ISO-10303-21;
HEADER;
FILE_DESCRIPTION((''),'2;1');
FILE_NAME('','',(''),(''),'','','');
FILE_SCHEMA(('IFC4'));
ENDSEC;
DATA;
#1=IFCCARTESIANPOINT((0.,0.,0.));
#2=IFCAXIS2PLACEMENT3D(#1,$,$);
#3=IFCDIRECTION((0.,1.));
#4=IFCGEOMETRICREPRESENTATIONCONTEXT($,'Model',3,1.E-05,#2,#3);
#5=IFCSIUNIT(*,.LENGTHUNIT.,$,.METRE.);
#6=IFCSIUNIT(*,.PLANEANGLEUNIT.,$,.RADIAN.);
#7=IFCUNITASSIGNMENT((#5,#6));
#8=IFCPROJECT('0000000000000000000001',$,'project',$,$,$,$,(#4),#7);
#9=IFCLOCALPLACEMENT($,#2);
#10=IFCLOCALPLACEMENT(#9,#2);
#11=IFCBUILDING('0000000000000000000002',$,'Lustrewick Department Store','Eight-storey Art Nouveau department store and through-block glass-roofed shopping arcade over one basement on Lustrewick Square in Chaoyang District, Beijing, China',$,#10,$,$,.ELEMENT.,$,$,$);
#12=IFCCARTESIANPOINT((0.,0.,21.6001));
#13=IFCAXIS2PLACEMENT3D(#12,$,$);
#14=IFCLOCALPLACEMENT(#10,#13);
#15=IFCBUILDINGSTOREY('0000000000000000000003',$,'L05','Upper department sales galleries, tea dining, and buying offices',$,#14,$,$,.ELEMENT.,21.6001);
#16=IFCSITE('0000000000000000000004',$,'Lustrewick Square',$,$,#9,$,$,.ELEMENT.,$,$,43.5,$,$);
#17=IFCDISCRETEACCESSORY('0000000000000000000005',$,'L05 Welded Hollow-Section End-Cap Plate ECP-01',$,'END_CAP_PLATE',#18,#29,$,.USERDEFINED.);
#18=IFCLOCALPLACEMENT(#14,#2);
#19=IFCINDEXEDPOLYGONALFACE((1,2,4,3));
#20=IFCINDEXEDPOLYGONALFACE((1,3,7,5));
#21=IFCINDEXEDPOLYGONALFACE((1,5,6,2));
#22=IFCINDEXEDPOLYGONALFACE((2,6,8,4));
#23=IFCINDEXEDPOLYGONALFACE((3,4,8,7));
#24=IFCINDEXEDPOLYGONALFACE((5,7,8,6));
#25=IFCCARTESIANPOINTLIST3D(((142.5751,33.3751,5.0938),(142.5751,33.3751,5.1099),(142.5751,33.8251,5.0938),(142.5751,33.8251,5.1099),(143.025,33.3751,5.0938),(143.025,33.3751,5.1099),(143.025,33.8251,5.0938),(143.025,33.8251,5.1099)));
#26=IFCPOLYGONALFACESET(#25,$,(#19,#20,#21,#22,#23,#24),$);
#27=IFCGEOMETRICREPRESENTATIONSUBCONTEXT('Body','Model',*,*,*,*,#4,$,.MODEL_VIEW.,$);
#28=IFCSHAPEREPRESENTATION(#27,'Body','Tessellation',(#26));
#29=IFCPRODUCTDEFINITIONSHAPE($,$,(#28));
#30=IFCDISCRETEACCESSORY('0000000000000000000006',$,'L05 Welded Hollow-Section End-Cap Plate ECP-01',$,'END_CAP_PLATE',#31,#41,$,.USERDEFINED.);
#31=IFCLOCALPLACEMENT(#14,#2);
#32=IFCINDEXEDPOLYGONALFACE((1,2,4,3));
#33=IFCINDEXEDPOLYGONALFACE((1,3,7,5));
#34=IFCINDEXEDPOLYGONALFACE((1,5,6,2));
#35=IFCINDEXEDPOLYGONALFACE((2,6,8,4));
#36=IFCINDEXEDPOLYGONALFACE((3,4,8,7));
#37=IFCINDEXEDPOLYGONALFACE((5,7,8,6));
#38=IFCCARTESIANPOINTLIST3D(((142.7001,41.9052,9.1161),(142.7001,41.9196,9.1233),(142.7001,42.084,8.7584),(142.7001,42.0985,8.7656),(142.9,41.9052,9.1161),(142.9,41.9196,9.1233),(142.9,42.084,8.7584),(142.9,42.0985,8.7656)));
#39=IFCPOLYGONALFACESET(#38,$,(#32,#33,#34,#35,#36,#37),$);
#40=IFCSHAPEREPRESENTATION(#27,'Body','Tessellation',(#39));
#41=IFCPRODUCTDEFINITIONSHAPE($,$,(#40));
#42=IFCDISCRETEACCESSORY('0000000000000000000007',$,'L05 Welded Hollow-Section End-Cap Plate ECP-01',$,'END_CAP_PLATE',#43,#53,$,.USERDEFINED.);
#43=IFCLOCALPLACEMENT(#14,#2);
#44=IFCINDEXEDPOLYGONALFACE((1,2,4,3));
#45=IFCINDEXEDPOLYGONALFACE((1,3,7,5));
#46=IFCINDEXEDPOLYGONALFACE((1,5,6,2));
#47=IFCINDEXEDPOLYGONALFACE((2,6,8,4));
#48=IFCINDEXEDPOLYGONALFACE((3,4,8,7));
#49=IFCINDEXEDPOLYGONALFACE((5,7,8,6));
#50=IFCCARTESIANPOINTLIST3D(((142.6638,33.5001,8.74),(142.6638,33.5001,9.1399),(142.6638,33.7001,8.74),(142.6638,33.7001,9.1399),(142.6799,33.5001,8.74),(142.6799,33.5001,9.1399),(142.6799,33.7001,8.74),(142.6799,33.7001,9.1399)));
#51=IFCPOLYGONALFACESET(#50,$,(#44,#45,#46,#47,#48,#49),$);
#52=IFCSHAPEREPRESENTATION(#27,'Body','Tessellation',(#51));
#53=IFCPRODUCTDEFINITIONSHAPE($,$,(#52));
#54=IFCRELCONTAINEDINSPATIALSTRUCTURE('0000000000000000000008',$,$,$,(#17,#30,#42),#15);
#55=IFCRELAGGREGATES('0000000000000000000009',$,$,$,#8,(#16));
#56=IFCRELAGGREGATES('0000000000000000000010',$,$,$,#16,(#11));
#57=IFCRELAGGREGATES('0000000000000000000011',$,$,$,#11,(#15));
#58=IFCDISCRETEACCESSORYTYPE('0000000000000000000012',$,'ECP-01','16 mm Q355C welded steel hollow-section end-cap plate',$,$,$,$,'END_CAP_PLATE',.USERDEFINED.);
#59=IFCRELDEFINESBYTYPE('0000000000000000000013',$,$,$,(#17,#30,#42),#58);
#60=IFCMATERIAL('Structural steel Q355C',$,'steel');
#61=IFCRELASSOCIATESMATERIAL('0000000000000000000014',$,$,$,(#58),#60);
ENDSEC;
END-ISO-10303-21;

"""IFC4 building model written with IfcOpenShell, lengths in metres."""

from ifc_helpers import new_model, si_unit, direction, frame, origin, origin_2d, place, context, subcontext, project, spatial, rectangle, extrude, material, type_object, element, save


model = new_model("IFC4")

# Units and contexts
model_context = context("Model", 3, precision=1e-05, world=origin(), true_north=direction((0.0, 1.0)))
body_context = subcontext(model_context, "Body", "Model", "MODEL_VIEW")
ifc_project = project(units=[si_unit("LENGTHUNIT", "METRE"), si_unit("PLANEANGLEUNIT", "RADIAN")], contexts=[model_context])

# Site, building, storey
site_placement = place(None, origin())
site = spatial("IfcSite", under=ifc_project, at=site_placement, Name="Lustrewick Square", CompositionType="ELEMENT", RefElevation=43.5)
building_placement = place(site_placement, origin())
building = spatial("IfcBuilding", under=site, at=building_placement, Name="Lustrewick Department Store", Description="Eight-storey Art Nouveau department store and through-block glass-roofed shopping arcade over one basement on Lustrewick Square in Chaoyang District, Beijing, China", CompositionType="ELEMENT")
storey_placement = place(building_placement, frame((0.0, 0.0, 21.6001)))
storey = spatial("IfcBuildingStorey", under=building, at=storey_placement, Name="L05", Description="Upper department sales galleries, tea dining, and buying offices", CompositionType="ELEMENT", Elevation=21.6001)

# Shared definitions
ifc_material_1 = material(Name="Structural steel Q355C", Category="steel")

# Discrete accessories
discrete_accessory_type = type_object("IfcDiscreteAccessoryType", Name="ECP-01", Description="16 mm Q355C welded steel hollow-section end-cap plate", ElementType="END_CAP_PLATE", PredefinedType="USERDEFINED", material=ifc_material_1)
discrete_accessory_placement = place(storey_placement, frame((142.8, 33.6001, 5.0938), z_axis=(0.0, 0.0, 1.0), x_axis=(1.0, 0.0, 0.0)))
element("IfcDiscreteAccessory", 1, at=discrete_accessory_placement, inside=storey, type_object=discrete_accessory_type, Name="L05 Welded Hollow-Section End-Cap Plate ECP-01", ObjectType="END_CAP_PLATE", PredefinedType="USERDEFINED", context=body_context, shape_type="SweptSolid", body=[
    extrude(rectangle(XDim=0.45, YDim=0.45, at=origin_2d()), origin(), (0.0, 0.0, 1.0), 0.0161),
])
for number, where, z_axis, x_axis, name in (
    (2, (142.8, 41.9946, 8.9373), (0.0, 0.894427, 0.447214), (-1.0, 0.0, 0.0), "L05 Welded Hollow-Section End-Cap Plate ECP-01"),
    (3, (142.6638, 33.6001, 8.9399), (1.0, 0.0, 0.0), (0.0, 1.0, 0.0), "L05 Welded Hollow-Section End-Cap Plate ECP-01"),
):
    element("IfcDiscreteAccessory", number, at=place(storey_placement, frame(where, z_axis=z_axis, x_axis=x_axis)), inside=storey, type_object=discrete_accessory_type, Name=name, ObjectType="END_CAP_PLATE", PredefinedType="USERDEFINED", context=body_context, shape_type="SweptSolid", body=[
        extrude(rectangle(XDim=0.2, YDim=0.3999, at=origin_2d()), origin(), (0.0, 0.0, 1.0), 0.0161),
    ])

save(model, "model.ifc")
